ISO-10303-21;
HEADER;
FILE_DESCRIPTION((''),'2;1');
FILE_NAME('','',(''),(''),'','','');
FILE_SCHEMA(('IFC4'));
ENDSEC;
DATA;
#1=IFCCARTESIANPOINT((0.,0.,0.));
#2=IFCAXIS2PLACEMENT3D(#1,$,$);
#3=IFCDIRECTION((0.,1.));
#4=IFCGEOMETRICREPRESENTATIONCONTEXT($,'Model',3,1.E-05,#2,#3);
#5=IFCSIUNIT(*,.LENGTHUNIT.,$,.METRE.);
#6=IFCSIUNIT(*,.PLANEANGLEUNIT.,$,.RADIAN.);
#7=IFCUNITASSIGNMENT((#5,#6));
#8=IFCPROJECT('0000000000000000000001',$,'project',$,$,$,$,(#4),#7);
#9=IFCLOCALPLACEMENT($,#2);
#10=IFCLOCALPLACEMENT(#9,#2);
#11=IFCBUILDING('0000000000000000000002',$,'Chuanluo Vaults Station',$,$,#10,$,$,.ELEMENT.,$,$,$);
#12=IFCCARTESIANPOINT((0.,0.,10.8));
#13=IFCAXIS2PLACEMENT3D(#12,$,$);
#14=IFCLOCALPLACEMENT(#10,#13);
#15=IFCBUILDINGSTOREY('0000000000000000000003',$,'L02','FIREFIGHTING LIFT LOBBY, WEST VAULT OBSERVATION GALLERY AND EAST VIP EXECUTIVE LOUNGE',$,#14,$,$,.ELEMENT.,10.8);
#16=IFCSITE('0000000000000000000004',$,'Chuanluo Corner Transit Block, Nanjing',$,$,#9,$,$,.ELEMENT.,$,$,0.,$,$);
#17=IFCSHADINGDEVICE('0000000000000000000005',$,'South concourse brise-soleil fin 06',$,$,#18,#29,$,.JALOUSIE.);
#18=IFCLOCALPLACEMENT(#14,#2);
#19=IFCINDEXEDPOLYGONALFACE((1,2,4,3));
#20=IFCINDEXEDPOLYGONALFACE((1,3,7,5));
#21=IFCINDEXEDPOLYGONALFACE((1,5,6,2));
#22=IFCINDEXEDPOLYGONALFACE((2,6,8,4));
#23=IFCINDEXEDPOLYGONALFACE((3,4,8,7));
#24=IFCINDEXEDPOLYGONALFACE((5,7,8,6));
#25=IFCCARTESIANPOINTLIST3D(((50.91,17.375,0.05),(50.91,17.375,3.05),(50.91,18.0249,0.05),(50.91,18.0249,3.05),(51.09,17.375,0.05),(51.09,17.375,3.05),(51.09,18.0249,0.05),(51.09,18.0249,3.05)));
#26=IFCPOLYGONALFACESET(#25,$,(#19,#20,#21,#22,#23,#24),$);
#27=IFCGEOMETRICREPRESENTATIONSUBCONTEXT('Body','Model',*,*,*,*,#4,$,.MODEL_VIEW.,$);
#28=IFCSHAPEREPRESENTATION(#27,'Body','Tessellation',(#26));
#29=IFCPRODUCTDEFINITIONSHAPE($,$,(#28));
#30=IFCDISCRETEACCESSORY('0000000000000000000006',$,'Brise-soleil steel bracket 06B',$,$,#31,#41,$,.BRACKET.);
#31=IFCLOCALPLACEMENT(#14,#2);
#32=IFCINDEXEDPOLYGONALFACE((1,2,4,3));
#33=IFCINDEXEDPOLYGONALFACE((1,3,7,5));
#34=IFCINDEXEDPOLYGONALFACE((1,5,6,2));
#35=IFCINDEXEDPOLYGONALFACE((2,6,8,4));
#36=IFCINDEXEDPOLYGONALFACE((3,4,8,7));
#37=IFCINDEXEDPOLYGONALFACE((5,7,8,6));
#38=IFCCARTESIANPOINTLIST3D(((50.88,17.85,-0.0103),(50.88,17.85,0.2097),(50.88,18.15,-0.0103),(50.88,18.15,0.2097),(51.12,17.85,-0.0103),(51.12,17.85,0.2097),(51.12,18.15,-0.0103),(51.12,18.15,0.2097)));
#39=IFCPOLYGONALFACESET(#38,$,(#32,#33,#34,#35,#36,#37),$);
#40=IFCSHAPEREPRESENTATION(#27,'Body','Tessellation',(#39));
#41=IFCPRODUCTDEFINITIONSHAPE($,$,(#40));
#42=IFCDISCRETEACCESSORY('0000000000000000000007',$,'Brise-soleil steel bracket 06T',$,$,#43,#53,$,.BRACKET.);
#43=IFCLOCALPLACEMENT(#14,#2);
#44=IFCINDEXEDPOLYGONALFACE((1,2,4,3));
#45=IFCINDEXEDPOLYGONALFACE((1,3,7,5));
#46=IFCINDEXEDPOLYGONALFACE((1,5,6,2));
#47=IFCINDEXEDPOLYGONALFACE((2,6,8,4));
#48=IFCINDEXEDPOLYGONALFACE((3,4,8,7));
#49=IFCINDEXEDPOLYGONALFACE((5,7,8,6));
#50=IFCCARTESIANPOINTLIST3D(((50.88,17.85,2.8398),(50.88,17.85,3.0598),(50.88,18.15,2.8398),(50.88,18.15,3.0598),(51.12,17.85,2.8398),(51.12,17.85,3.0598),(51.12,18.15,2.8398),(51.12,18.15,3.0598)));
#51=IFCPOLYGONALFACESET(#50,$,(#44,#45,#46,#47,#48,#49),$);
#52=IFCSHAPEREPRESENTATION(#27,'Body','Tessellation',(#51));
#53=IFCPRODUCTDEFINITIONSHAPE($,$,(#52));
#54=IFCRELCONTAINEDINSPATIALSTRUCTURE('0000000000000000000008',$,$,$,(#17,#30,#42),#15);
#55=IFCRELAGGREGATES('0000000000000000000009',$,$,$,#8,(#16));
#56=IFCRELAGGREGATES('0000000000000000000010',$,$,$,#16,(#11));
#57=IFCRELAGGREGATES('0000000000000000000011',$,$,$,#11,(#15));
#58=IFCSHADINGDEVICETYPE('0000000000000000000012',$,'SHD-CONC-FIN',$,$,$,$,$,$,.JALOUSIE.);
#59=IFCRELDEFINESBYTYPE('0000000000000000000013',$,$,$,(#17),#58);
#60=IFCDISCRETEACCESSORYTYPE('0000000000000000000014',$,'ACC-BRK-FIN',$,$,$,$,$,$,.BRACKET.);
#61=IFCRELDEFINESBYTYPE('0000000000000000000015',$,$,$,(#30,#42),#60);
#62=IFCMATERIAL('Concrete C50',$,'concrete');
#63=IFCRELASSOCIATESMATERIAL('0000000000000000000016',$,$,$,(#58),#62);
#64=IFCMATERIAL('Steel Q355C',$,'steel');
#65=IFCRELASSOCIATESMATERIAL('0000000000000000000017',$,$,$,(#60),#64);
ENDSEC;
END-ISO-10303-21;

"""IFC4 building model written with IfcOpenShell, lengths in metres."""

from ifc_helpers import new_model, si_unit, direction, frame, origin, origin_2d, place, context, subcontext, project, spatial, rectangle, extrude, material, type_object, element, save


model = new_model("IFC4")

# Units and contexts
model_context = context("Model", 3, precision=1e-05, world=origin(), true_north=direction((0.0, 1.0)))
body_context = subcontext(model_context, "Body", "Model", "MODEL_VIEW")
ifc_project = project(units=[si_unit("LENGTHUNIT", "METRE"), si_unit("PLANEANGLEUNIT", "RADIAN")], contexts=[model_context])

# Site, building, storey
site_placement = place(None, origin())
site = spatial("IfcSite", under=ifc_project, at=site_placement, Name="Chuanluo Corner Transit Block, Nanjing", CompositionType="ELEMENT", RefElevation=0.0)
building_placement = place(site_placement, origin())
building = spatial("IfcBuilding", under=site, at=building_placement, Name="Chuanluo Vaults Station", CompositionType="ELEMENT")
storey_placement = place(building_placement, frame((0.0, 0.0, 10.8)))
storey = spatial("IfcBuildingStorey", under=building, at=storey_placement, Name="L02", Description="FIREFIGHTING LIFT LOBBY, WEST VAULT OBSERVATION GALLERY AND EAST VIP EXECUTIVE LOUNGE", CompositionType="ELEMENT", Elevation=10.8)

# Shading device
ifc_material_1 = material(Name="Concrete C50", Category="concrete")
shading_device_type = type_object("IfcShadingDeviceType", Name="SHD-CONC-FIN", PredefinedType="JALOUSIE", material=ifc_material_1)
shading_device_placement = place(storey_placement, frame((51.0, 17.7, 0.05), z_axis=(0.0, 0.0, 1.0), x_axis=(1.0, 0.0, 0.0)))
element("IfcShadingDevice", 1, at=shading_device_placement, inside=storey, type_object=shading_device_type, Name="South concourse brise-soleil fin 06", PredefinedType="JALOUSIE", context=body_context, shape_type="SweptSolid", body=[
    extrude(rectangle(XDim=0.1799, YDim=0.6499, at=origin_2d()), origin(), (0.0, 0.0, 1.0), 3.0),
])

# Discrete accessories
ifc_material_2 = material(Name="Steel Q355C", Category="steel")
discrete_accessory_type = type_object("IfcDiscreteAccessoryType", Name="ACC-BRK-FIN", PredefinedType="BRACKET", material=ifc_material_2)
for number, where, z_axis, x_axis, name in (
    (2, (51.0, 18.0, -0.0103), (0.0, 0.0, 1.0), (1.0, 0.0, 0.0), "Brise-soleil steel bracket 06B"),
    (3, (51.0, 18.0, 2.8398), (0.0, 0.0, 1.0), (1.0, 0.0, 0.0), "Brise-soleil steel bracket 06T"),
):
    element("IfcDiscreteAccessory", number, at=place(storey_placement, frame(where, z_axis=z_axis, x_axis=x_axis)), inside=storey, type_object=discrete_accessory_type, Name=name, PredefinedType="BRACKET", context=body_context, shape_type="SweptSolid", body=[
        extrude(rectangle(XDim=0.24, YDim=0.3, at=origin_2d()), origin(), (0.0, 0.0, 1.0), 0.22),
    ])

save(model, "model.ifc")
